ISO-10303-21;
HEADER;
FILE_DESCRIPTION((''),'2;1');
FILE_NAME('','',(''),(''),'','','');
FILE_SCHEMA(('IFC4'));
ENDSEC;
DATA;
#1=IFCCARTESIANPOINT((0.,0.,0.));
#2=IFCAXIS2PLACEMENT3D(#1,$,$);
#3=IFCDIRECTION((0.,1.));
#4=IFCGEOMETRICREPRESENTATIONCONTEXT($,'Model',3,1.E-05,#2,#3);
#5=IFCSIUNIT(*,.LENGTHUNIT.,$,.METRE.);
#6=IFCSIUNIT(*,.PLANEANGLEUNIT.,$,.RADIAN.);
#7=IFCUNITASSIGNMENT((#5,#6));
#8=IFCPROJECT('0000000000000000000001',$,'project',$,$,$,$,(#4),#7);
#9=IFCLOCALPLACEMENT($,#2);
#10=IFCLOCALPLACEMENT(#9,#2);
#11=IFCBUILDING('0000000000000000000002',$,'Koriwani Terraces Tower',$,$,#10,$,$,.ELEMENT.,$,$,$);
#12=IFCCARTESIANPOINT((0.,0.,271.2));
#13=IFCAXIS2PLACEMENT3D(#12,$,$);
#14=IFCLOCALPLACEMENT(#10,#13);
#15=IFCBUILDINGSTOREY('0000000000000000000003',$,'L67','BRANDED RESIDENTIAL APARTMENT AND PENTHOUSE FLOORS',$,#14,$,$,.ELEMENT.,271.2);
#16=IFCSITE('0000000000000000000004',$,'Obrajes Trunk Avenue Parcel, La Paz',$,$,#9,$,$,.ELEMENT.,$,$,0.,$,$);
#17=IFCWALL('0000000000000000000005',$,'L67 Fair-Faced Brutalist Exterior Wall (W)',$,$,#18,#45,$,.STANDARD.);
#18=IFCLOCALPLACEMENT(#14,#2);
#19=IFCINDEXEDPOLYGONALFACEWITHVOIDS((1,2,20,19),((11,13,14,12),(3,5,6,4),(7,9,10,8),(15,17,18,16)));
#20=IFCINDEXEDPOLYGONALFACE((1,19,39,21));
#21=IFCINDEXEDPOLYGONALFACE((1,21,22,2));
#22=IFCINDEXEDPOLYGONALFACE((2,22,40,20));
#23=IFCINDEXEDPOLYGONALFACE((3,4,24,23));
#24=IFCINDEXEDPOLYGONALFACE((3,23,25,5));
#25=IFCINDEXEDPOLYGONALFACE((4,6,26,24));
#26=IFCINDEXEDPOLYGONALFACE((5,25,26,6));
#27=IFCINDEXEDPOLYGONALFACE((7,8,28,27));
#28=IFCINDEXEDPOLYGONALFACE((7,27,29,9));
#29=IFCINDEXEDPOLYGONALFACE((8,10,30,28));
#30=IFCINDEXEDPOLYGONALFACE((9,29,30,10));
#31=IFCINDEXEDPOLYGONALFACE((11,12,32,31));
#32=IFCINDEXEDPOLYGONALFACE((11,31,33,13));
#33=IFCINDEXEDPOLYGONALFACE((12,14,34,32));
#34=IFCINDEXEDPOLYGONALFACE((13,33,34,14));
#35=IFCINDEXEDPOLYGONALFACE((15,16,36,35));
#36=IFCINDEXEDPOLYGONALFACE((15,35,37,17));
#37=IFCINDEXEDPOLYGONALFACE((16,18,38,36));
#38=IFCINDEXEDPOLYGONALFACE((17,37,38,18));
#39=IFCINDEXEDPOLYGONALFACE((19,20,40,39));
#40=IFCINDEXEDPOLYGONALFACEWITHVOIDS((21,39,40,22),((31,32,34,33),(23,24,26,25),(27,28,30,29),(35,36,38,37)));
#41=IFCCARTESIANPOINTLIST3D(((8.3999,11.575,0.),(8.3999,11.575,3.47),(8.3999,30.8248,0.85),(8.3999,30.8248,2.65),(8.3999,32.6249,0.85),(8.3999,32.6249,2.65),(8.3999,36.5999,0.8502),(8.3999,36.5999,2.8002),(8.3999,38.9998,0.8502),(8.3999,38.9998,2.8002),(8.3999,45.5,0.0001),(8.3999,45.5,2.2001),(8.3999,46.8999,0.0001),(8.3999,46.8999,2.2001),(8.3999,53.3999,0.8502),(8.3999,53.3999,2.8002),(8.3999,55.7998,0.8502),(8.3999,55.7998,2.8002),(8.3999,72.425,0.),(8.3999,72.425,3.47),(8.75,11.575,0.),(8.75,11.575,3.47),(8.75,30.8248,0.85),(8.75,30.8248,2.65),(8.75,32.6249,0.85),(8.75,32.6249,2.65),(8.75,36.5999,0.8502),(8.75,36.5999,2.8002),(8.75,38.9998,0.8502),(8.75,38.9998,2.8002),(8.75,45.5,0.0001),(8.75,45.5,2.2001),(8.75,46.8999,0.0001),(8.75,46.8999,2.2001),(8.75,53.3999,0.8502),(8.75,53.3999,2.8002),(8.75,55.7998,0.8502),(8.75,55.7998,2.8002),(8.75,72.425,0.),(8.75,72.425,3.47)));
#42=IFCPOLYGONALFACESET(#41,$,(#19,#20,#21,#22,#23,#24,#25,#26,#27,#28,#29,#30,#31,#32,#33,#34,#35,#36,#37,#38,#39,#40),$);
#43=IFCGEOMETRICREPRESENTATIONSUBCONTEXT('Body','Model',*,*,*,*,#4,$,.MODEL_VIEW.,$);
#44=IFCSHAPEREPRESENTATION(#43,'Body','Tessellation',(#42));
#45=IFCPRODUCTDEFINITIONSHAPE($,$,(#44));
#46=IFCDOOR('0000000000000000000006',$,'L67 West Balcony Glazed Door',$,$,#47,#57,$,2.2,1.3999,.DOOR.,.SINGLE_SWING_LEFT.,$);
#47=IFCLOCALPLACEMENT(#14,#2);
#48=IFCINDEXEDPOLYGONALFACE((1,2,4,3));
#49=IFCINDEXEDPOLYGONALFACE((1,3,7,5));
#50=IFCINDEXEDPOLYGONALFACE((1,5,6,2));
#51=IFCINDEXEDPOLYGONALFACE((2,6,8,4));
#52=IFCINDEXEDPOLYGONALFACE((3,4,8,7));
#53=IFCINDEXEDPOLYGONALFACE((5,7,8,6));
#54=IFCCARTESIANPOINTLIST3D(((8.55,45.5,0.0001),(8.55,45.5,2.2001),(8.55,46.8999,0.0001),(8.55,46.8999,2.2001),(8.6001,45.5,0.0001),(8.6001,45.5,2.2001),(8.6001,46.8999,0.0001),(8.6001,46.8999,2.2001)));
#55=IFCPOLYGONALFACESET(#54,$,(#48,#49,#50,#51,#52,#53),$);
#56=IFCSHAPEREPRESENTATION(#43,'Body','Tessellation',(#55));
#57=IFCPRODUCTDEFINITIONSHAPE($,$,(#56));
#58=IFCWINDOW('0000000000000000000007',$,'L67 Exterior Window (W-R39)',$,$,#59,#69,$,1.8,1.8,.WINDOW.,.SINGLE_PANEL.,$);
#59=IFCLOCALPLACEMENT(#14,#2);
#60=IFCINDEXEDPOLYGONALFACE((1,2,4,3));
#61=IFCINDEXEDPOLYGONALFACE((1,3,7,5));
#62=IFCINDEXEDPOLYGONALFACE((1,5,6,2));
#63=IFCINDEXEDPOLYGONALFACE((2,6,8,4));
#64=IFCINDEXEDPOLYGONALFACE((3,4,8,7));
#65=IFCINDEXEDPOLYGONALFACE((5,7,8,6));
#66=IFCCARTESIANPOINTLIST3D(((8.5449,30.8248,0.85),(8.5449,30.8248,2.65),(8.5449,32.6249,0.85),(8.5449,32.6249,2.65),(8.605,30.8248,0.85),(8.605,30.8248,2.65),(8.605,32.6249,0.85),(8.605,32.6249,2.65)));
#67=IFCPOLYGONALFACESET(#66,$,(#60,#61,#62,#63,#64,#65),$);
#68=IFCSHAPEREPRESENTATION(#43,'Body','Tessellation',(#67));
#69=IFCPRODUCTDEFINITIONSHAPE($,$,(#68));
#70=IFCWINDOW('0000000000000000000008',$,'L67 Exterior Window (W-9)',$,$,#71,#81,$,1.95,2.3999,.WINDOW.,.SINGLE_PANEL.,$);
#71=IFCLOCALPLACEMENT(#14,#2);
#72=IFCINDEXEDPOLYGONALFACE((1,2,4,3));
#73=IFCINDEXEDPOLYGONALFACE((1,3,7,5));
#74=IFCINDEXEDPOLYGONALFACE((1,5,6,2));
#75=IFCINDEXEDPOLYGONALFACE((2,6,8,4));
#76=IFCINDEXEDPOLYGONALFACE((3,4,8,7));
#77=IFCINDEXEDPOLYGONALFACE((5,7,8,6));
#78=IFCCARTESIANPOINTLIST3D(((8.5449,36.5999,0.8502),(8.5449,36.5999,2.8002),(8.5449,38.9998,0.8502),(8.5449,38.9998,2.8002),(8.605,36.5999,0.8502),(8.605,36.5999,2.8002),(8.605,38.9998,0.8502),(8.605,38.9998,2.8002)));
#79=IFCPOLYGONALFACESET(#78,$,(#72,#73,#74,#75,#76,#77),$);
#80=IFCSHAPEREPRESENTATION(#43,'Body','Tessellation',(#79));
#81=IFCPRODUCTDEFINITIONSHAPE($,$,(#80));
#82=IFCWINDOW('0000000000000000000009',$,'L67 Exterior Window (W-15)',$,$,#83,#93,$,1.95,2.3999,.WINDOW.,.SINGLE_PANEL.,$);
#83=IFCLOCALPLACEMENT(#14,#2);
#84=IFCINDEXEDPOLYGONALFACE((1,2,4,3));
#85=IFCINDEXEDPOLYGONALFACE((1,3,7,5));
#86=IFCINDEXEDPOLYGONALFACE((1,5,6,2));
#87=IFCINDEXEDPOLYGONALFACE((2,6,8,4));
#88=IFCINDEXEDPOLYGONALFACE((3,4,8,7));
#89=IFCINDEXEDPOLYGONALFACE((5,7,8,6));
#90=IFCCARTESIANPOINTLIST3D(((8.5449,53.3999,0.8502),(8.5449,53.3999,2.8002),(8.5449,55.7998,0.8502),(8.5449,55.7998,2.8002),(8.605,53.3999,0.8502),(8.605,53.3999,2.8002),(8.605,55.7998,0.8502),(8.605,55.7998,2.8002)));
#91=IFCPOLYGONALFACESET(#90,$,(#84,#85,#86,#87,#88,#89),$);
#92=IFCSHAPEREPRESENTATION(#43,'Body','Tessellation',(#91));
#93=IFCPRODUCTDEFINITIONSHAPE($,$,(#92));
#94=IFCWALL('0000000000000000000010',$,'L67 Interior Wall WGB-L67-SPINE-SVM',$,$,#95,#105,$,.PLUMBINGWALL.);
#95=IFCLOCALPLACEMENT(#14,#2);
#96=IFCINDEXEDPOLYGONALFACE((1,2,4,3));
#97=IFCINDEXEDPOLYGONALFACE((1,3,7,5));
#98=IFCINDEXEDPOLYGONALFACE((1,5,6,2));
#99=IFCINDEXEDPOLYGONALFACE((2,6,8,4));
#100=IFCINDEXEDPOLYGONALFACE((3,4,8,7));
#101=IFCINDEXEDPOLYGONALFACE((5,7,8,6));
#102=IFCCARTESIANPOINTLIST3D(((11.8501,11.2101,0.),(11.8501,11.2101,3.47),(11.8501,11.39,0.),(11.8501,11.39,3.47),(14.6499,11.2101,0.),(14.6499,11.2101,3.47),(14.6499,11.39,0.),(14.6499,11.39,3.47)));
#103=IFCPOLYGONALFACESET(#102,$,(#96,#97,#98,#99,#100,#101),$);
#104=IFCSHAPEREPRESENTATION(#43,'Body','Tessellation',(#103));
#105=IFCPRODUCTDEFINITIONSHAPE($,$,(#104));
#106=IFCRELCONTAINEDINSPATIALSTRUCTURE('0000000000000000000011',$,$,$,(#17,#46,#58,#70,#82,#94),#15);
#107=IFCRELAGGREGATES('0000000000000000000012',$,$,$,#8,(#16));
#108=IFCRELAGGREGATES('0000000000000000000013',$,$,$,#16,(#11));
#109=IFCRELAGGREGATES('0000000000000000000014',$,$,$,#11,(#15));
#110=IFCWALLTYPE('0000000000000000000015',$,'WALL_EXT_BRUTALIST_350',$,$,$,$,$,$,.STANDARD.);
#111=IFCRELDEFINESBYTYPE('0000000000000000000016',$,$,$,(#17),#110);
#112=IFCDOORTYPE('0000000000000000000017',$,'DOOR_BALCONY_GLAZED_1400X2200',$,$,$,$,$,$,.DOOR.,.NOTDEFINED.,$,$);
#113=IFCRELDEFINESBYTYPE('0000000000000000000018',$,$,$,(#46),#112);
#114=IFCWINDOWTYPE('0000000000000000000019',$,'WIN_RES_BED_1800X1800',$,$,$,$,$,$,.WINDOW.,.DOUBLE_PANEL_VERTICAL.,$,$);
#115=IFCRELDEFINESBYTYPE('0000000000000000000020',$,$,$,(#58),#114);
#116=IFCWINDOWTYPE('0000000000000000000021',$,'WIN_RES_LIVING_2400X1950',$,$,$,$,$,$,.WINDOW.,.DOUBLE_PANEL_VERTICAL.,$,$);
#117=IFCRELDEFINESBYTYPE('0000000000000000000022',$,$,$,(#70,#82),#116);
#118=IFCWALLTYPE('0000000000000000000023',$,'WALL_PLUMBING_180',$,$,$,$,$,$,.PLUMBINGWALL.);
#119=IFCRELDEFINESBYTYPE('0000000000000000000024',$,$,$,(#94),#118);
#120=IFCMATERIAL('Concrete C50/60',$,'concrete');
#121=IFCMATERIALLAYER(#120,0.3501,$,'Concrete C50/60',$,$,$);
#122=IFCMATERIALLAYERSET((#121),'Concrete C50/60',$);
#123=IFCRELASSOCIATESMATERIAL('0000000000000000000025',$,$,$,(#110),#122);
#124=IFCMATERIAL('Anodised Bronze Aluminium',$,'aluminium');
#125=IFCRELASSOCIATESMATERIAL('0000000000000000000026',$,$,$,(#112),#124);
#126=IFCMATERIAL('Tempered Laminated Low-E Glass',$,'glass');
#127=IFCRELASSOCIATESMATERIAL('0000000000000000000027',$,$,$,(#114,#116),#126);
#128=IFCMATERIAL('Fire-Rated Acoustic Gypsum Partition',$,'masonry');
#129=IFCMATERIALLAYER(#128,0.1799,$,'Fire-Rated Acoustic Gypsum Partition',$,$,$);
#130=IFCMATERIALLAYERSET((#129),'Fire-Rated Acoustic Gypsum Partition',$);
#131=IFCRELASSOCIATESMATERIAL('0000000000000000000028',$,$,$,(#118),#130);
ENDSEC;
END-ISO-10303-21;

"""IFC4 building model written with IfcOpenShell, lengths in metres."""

from ifc_helpers import new_model, si_unit, direction, frame, frame_2d, origin, place, context, subcontext, project, spatial, rectangle, extrude, material, layer, layer_set, type_object, element, fill, save


model = new_model("IFC4")

# Units and contexts
model_context = context("Model", 3, precision=1e-05, world=origin(), true_north=direction((0.0, 1.0)))
body_context = subcontext(model_context, "Body", "Model", "MODEL_VIEW")
ifc_project = project(units=[si_unit("LENGTHUNIT", "METRE"), si_unit("PLANEANGLEUNIT", "RADIAN")], contexts=[model_context])

# Site, building, storey
site_placement = place(None, origin())
site = spatial("IfcSite", under=ifc_project, at=site_placement, Name="Obrajes Trunk Avenue Parcel, La Paz", CompositionType="ELEMENT", RefElevation=0.0)
building_placement = place(site_placement, origin())
building = spatial("IfcBuilding", under=site, at=building_placement, Name="Koriwani Terraces Tower", CompositionType="ELEMENT")
storey_placement = place(building_placement, frame((0.0, 0.0, 271.2)))
storey = spatial("IfcBuildingStorey", under=building, at=storey_placement, Name="L67", Description="BRANDED RESIDENTIAL APARTMENT AND PENTHOUSE FLOORS", CompositionType="ELEMENT", Elevation=271.2)

# Shared definitions
ifc_material_1 = material(Name="Concrete C50/60", Category="concrete")

# Shared definitions
ifc_layer_1 = layer(ifc_material_1, 0.3501, Name="Concrete C50/60")
ifc_layer_set_1 = layer_set([ifc_layer_1], Name="Concrete C50/60")
wall_type_1 = type_object("IfcWallType", Name="WALL_EXT_BRUTALIST_350", PredefinedType="STANDARD", material=ifc_layer_set_1)

# Wall, openings, door, windows
wall_1_placement = place(storey_placement, frame((8.575, 11.575, 0.0), z_axis=(0.0, 0.0, 1.0), x_axis=(0.0, 1.0, 0.0)))
wall_1 = element("IfcWall", 1, at=wall_1_placement, inside=storey, type_object=wall_type_1, Name="L67 Fair-Faced Brutalist Exterior Wall (W)", PredefinedType="STANDARD", context=body_context, shape_type="SweptSolid", body=[
    extrude(rectangle(XDim=60.8501, YDim=0.3501, at=frame_2d((30.425, 0.0))), origin(), (0.0, 0.0, 1.0), 3.47),
])
opening_1_placement = place(wall_1_placement, frame((33.925, 0.0, 0.0)))
opening_1 = element("IfcOpeningElement", 2, at=opening_1_placement, cuts=wall_1, PredefinedType="OPENING", context=body_context, shape_type="SweptSolid", body=[
    extrude(rectangle(XDim=1.3999, YDim=2.2, at=frame_2d((0.7, 1.1001))), frame((0.0, 0.1851, 0.0), z_axis=(0.0, -1.0, 0.0), x_axis=(1.0, 0.0, 0.0)), (0.0, 0.0, 1.0), 0.3701),
])
opening_2_placement = place(wall_1_placement, frame((25.0249, 0.0, 0.8501)))
opening_2 = element("IfcOpeningElement", 3, at=opening_2_placement, cuts=wall_1, PredefinedType="OPENING", context=body_context, shape_type="SweptSolid", body=[
    extrude(rectangle(XDim=2.3999, YDim=1.95, at=frame_2d((1.2, 0.9751))), frame((0.0, 0.1851, 0.0), z_axis=(0.0, -1.0, 0.0), x_axis=(1.0, 0.0, 0.0)), (0.0, 0.0, 1.0), 0.3701),
])
opening_3_placement = place(wall_1_placement, frame((41.825, 0.0, 0.8501)))
opening_3 = element("IfcOpeningElement", 4, at=opening_3_placement, cuts=wall_1, PredefinedType="OPENING", context=body_context, shape_type="SweptSolid", body=[
    extrude(rectangle(XDim=2.3999, YDim=1.95, at=frame_2d((1.2, 0.9751))), frame((0.0, 0.1851, 0.0), z_axis=(0.0, -1.0, 0.0), x_axis=(1.0, 0.0, 0.0)), (0.0, 0.0, 1.0), 0.3701),
])
opening_4_placement = place(wall_1_placement, frame((19.25, 0.0, 0.8501)))
opening_4 = element("IfcOpeningElement", 5, at=opening_4_placement, cuts=wall_1, PredefinedType="OPENING", context=body_context, shape_type="SweptSolid", body=[
    extrude(rectangle(XDim=1.8, YDim=1.8, at=frame_2d((0.8999, 0.8999))), frame((0.0, 0.1851, 0.0), z_axis=(0.0, -1.0, 0.0), x_axis=(1.0, 0.0, 0.0)), (0.0, 0.0, 1.0), 0.3701),
])
ifc_material_2 = material(Name="Anodised Bronze Aluminium", Category="aluminium")
door_type = type_object("IfcDoorType", Name="DOOR_BALCONY_GLAZED_1400X2200", OperationType="NOTDEFINED", PredefinedType="DOOR", material=ifc_material_2)
door_placement = place(opening_1_placement, origin())
door = element("IfcDoor", 6, at=door_placement, inside=storey, type_object=door_type, Name="L67 West Balcony Glazed Door", OperationType="SINGLE_SWING_LEFT", OverallHeight=2.2, OverallWidth=1.3999, PredefinedType="DOOR", context=body_context, shape_type="SweptSolid", body=[
    extrude(rectangle(XDim=1.3999, YDim=2.2, at=frame_2d((0.7, 1.1001))), frame((0.0, 0.0249, 0.0), z_axis=(0.0, -1.0, 0.0), x_axis=(1.0, 0.0, 0.0)), (0.0, 0.0, 1.0), 0.05),
])
fill(opening_1, door)
ifc_material_3 = material(Name="Tempered Laminated Low-E Glass", Category="glass")
window_type_1 = type_object("IfcWindowType", Name="WIN_RES_BED_1800X1800", PartitioningType="DOUBLE_PANEL_VERTICAL", PredefinedType="WINDOW", material=ifc_material_3)
window_1_placement = place(opening_4_placement, origin())
window_1 = element("IfcWindow", 7, at=window_1_placement, inside=storey, type_object=window_type_1, Name="L67 Exterior Window (W-R39)", OverallHeight=1.8, OverallWidth=1.8, PartitioningType="SINGLE_PANEL", PredefinedType="WINDOW", context=body_context, shape_type="SweptSolid", body=[
    extrude(rectangle(XDim=1.8, YDim=1.8, at=frame_2d((0.8999, 0.8999))), frame((0.0, 0.03, 0.0), z_axis=(0.0, -1.0, 0.0), x_axis=(1.0, 0.0, 0.0)), (0.0, 0.0, 1.0), 0.0601),
])
fill(opening_4, window_1)
window_type_2 = type_object("IfcWindowType", Name="WIN_RES_LIVING_2400X1950", PartitioningType="DOUBLE_PANEL_VERTICAL", PredefinedType="WINDOW", material=ifc_material_3)
window_2_placement = place(opening_2_placement, origin())
window_2 = element("IfcWindow", 8, at=window_2_placement, inside=storey, type_object=window_type_2, Name="L67 Exterior Window (W-9)", OverallHeight=1.95, OverallWidth=2.3999, PartitioningType="SINGLE_PANEL", PredefinedType="WINDOW", context=body_context, shape_type="SweptSolid", body=[
    extrude(rectangle(XDim=2.3999, YDim=1.95, at=frame_2d((1.2, 0.9751))), frame((0.0, 0.03, 0.0), z_axis=(0.0, -1.0, 0.0), x_axis=(1.0, 0.0, 0.0)), (0.0, 0.0, 1.0), 0.0601),
])
fill(opening_2, window_2)
window_3_placement = place(opening_3_placement, origin())
window_3 = element("IfcWindow", 9, at=window_3_placement, inside=storey, type_object=window_type_2, Name="L67 Exterior Window (W-15)", OverallHeight=1.95, OverallWidth=2.3999, PartitioningType="SINGLE_PANEL", PredefinedType="WINDOW", context=body_context, shape_type="SweptSolid", body=[
    extrude(rectangle(XDim=2.3999, YDim=1.95, at=frame_2d((1.2, 0.9751))), frame((0.0, 0.03, 0.0), z_axis=(0.0, -1.0, 0.0), x_axis=(1.0, 0.0, 0.0)), (0.0, 0.0, 1.0), 0.0601),
])
fill(opening_3, window_3)

# Wall
ifc_material_4 = material(Name="Fire-Rated Acoustic Gypsum Partition", Category="masonry")
ifc_layer_2 = layer(ifc_material_4, 0.1799, Name="Fire-Rated Acoustic Gypsum Partition")
ifc_layer_set_2 = layer_set([ifc_layer_2], Name="Fire-Rated Acoustic Gypsum Partition")
wall_type_2 = type_object("IfcWallType", Name="WALL_PLUMBING_180", PredefinedType="PLUMBINGWALL", material=ifc_layer_set_2)
wall_2_placement = place(storey_placement, frame((11.8501, 11.3, 0.0), z_axis=(0.0, 0.0, 1.0), x_axis=(1.0, 0.0, 0.0)))
element("IfcWall", 10, at=wall_2_placement, inside=storey, type_object=wall_type_2, Name="L67 Interior Wall WGB-L67-SPINE-SVM", PredefinedType="PLUMBINGWALL", context=body_context, shape_type="SweptSolid", body=[
    extrude(rectangle(XDim=2.7998, YDim=0.1799, at=frame_2d((1.3999, 0.0))), origin(), (0.0, 0.0, 1.0), 3.47),
])

save(model, "model.ifc")
